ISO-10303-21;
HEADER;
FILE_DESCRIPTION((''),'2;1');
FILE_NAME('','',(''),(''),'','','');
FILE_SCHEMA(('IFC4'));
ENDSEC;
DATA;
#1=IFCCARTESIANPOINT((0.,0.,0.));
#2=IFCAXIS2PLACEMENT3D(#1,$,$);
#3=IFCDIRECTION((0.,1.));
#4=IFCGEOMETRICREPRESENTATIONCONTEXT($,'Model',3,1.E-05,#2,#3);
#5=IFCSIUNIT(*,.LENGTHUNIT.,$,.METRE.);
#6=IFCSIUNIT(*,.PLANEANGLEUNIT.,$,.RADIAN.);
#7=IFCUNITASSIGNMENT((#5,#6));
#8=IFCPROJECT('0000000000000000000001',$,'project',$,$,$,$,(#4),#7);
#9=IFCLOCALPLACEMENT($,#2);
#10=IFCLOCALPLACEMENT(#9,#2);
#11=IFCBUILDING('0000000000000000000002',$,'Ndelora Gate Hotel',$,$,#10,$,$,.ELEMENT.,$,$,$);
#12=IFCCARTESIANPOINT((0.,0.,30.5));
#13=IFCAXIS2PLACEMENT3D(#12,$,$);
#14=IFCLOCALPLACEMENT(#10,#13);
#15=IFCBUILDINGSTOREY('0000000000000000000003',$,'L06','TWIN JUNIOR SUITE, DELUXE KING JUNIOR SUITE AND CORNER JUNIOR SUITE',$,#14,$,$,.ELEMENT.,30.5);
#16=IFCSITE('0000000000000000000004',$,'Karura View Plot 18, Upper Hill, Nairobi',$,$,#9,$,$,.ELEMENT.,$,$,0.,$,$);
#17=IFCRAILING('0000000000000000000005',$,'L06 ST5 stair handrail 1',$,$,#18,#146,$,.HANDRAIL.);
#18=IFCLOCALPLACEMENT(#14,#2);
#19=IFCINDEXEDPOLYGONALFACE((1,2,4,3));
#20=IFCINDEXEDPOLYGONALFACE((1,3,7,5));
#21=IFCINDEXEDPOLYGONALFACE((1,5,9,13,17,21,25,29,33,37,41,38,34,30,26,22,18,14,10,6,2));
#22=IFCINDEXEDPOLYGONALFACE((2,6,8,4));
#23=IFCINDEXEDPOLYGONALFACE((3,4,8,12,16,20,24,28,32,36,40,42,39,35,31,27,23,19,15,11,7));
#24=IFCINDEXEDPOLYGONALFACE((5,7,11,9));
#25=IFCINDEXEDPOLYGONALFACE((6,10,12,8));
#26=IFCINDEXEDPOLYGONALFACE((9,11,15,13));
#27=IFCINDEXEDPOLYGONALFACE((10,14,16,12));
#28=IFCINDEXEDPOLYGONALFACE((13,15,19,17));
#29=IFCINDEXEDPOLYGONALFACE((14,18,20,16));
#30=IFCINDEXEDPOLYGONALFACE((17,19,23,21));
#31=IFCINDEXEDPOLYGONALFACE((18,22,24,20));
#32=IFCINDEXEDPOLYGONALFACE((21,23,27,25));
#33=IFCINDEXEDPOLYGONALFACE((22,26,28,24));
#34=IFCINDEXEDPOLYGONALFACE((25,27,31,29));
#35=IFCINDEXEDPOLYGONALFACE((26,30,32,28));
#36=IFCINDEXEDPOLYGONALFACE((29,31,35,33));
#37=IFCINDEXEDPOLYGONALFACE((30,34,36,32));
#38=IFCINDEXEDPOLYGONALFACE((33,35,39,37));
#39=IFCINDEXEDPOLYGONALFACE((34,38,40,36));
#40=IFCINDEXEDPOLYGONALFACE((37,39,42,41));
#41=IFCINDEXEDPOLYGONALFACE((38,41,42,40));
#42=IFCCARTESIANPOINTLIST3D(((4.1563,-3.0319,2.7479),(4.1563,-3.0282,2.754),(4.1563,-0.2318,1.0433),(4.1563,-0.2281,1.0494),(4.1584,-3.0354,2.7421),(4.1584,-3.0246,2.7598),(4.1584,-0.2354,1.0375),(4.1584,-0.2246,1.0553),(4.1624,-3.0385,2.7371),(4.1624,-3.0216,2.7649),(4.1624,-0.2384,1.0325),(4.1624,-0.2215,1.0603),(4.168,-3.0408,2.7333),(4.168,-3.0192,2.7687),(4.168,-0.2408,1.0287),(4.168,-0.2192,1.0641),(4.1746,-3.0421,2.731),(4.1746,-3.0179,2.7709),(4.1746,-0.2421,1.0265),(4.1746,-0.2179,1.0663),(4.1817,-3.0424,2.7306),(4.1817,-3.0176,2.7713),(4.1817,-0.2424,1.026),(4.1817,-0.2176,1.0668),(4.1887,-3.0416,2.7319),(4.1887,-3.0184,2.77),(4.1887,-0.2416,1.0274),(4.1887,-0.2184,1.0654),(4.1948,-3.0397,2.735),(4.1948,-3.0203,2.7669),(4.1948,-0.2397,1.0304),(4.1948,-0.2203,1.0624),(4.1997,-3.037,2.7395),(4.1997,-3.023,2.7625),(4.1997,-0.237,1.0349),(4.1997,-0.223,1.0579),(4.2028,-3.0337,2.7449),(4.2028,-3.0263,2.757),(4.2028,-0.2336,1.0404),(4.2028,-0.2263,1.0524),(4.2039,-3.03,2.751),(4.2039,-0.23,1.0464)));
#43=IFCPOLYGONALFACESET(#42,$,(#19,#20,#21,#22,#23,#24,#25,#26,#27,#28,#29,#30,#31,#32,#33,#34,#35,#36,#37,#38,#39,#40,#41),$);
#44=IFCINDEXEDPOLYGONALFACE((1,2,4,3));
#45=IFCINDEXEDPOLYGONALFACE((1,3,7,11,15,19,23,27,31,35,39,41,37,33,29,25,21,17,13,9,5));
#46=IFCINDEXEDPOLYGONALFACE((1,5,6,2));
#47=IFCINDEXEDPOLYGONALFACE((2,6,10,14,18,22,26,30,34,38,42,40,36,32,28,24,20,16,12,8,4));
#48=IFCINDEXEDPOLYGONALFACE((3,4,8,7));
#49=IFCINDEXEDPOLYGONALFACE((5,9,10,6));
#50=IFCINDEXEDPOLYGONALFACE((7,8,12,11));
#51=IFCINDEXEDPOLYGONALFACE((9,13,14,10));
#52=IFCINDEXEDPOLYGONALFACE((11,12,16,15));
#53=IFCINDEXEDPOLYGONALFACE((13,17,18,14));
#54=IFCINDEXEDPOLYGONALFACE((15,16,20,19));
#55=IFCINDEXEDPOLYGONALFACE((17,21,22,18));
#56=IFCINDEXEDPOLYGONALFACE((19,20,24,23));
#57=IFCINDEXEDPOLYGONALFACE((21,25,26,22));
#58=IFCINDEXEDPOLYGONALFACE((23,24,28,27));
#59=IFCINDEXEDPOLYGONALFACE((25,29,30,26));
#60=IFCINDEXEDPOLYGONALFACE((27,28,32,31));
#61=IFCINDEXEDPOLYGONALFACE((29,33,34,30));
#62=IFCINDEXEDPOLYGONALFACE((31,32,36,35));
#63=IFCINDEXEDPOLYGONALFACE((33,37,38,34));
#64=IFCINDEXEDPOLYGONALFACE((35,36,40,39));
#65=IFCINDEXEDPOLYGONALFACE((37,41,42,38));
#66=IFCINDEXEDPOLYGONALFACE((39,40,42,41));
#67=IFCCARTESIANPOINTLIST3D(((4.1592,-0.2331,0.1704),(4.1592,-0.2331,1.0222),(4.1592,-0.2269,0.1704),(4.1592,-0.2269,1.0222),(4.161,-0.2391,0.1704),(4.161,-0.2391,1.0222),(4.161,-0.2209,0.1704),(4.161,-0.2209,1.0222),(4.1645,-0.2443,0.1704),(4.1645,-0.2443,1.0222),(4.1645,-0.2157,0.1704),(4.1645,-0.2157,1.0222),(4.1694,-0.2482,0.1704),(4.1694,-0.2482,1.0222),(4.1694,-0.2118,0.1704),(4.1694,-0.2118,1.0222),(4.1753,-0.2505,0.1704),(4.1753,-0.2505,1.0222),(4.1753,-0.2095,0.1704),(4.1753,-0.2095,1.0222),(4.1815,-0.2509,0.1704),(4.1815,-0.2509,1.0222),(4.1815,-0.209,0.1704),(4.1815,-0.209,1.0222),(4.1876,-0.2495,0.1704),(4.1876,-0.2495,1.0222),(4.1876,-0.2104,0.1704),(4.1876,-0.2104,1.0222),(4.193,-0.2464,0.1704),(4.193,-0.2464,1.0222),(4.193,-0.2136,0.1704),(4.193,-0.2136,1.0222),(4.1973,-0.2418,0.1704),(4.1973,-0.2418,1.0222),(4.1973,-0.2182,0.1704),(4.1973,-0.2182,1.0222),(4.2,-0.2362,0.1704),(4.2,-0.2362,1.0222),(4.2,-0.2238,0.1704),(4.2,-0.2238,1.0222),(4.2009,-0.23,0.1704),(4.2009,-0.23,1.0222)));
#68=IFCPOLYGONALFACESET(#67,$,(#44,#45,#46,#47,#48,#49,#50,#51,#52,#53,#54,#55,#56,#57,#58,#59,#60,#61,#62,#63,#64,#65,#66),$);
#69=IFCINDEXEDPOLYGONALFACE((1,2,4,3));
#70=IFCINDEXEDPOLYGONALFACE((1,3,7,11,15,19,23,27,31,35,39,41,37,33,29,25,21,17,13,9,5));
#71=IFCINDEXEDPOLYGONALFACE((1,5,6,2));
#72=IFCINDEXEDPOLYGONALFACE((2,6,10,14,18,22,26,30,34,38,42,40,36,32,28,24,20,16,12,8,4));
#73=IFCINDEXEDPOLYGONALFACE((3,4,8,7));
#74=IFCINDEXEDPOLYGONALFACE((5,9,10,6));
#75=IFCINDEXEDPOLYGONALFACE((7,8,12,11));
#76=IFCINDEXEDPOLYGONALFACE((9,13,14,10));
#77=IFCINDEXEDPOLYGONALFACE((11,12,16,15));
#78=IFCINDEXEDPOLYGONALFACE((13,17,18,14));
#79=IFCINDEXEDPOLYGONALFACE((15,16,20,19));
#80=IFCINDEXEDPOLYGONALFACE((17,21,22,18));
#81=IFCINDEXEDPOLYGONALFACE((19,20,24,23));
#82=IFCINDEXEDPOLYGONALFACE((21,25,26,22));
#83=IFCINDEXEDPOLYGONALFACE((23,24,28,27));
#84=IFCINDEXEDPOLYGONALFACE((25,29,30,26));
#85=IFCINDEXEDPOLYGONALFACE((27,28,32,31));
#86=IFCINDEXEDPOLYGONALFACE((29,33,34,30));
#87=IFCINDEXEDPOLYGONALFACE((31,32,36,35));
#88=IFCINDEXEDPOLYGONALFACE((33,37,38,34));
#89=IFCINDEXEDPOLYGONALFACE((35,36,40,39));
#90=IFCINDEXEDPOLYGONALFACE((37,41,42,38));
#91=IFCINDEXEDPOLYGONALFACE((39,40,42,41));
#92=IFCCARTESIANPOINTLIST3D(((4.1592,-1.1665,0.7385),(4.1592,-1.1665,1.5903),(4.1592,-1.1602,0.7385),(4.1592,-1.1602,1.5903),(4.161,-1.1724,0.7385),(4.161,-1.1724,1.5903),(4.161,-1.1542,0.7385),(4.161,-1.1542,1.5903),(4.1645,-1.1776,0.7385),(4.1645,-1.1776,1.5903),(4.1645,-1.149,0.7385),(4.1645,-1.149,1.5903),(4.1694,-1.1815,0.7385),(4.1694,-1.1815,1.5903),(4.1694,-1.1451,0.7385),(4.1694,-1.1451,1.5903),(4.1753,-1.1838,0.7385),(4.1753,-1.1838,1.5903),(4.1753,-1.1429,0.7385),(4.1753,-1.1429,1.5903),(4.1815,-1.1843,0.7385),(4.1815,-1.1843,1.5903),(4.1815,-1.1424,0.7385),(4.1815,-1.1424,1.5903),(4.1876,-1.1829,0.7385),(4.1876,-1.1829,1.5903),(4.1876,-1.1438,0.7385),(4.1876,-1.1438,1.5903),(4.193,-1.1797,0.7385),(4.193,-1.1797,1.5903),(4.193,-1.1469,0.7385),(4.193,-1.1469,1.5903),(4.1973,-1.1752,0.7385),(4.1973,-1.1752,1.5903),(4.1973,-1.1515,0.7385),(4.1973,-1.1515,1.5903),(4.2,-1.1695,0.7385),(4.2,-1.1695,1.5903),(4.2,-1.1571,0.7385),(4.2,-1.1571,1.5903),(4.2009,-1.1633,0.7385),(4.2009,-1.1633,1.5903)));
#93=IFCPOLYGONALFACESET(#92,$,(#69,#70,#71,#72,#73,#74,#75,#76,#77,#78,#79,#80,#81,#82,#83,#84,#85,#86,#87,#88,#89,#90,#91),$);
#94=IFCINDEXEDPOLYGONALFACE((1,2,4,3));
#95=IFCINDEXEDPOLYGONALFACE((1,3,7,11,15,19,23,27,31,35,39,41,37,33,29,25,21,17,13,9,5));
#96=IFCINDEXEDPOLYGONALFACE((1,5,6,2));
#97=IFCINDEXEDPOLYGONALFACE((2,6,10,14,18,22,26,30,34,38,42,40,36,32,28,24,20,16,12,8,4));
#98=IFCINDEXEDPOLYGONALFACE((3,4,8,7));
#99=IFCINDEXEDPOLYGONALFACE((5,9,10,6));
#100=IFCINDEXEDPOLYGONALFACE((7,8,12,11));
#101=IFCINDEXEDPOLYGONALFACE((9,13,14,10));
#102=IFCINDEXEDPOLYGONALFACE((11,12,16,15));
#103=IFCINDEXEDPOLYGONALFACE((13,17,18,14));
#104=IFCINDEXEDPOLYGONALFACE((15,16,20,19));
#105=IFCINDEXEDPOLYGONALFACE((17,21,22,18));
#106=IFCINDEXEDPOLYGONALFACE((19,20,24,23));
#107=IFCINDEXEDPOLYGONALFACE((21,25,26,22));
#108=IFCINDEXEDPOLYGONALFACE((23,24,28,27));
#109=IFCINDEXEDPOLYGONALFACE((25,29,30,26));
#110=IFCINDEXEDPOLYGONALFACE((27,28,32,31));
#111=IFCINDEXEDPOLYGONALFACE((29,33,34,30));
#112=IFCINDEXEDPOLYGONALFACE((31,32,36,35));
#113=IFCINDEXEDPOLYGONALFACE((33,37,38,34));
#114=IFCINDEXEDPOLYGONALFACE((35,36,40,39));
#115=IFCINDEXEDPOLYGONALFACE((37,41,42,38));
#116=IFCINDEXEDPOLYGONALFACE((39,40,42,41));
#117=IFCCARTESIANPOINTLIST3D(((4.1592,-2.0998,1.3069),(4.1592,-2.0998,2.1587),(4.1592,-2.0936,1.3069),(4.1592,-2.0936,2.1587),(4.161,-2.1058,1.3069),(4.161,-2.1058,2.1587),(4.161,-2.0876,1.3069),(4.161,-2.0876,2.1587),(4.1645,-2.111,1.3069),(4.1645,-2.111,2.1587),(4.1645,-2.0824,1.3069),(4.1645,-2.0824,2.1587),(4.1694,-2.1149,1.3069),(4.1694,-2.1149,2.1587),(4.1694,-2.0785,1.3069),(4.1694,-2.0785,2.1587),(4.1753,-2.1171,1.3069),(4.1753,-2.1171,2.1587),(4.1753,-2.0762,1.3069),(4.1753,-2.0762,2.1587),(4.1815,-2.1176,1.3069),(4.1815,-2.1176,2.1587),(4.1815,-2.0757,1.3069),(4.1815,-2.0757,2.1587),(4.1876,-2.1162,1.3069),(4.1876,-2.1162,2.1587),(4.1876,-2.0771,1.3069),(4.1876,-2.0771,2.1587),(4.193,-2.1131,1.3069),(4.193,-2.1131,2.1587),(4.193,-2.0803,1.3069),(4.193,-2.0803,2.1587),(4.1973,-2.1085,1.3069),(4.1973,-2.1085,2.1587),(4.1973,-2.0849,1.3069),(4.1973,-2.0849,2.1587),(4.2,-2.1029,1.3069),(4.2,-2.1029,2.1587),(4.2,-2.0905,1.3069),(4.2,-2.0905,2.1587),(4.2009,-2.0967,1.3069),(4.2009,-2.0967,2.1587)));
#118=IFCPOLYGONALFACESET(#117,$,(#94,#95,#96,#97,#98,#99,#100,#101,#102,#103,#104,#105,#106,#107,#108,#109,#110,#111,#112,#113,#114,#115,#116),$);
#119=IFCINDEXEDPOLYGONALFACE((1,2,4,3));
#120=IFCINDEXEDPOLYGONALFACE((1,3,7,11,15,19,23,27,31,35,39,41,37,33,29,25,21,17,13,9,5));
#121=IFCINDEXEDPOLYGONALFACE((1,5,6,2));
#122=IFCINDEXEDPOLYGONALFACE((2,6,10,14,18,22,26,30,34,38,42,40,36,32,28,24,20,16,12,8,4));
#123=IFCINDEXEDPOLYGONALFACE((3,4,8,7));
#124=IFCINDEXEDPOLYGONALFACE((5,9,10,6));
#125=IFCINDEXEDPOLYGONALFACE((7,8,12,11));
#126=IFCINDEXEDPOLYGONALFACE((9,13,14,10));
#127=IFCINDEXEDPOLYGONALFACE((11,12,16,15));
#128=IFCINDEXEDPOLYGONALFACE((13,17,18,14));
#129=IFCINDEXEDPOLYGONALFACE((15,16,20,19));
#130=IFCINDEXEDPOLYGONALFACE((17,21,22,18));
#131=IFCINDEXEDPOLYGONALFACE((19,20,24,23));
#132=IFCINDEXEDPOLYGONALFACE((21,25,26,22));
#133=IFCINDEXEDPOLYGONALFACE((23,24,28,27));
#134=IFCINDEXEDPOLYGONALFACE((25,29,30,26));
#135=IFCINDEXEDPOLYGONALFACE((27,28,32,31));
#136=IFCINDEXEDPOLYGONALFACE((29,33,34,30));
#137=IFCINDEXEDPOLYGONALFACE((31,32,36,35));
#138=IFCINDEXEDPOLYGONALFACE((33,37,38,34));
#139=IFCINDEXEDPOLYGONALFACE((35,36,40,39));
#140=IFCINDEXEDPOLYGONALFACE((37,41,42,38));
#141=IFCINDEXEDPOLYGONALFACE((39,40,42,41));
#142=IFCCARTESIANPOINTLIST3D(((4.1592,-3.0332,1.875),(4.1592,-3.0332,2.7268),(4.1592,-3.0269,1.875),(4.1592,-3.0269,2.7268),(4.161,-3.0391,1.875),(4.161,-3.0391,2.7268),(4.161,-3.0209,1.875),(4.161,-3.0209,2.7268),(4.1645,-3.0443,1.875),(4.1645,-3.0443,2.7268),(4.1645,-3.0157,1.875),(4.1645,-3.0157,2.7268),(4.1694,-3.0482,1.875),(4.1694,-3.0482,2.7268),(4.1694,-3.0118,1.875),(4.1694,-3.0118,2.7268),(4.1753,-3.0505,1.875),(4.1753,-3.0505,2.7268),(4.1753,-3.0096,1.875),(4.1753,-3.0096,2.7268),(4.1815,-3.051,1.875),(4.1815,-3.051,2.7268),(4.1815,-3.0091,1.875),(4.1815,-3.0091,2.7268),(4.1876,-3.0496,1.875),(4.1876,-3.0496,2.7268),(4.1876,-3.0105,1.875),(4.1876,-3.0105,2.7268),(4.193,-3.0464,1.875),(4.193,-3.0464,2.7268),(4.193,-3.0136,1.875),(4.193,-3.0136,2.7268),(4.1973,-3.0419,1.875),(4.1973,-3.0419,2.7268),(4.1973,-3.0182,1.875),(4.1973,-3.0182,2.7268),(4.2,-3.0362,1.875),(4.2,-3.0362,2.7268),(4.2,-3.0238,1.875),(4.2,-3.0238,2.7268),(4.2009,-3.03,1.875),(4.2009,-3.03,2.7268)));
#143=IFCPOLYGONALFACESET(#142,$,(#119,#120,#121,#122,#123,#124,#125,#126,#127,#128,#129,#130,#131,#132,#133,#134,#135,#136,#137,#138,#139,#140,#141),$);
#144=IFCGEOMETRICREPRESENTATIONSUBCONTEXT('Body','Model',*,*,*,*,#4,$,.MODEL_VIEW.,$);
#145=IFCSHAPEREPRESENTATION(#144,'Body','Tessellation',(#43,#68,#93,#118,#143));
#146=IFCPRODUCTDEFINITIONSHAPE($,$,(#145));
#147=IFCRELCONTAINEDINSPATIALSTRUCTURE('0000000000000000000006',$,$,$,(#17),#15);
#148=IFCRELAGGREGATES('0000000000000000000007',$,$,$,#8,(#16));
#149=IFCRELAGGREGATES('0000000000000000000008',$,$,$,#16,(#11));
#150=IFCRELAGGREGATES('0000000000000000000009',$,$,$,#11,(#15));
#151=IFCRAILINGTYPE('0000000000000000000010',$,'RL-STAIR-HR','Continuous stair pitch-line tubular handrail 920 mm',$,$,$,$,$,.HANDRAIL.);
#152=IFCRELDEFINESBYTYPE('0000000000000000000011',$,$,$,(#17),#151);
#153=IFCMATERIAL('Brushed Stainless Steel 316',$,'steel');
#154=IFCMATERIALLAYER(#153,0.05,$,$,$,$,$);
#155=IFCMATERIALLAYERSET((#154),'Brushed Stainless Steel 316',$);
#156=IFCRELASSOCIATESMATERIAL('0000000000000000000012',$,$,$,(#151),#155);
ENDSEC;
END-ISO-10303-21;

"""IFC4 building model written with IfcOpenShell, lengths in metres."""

from ifc_helpers import new_model, si_unit, direction, frame, origin, origin_2d, place, context, subcontext, project, spatial, circle, extrude, material, layer, layer_set, type_object, element, save


model = new_model("IFC4")

# Units and contexts
model_context = context("Model", 3, precision=1e-05, world=origin(), true_north=direction((0.0, 1.0)))
body_context = subcontext(model_context, "Body", "Model", "MODEL_VIEW")
ifc_project = project(units=[si_unit("LENGTHUNIT", "METRE"), si_unit("PLANEANGLEUNIT", "RADIAN")], contexts=[model_context])

# Site, building, storey
site_placement = place(None, origin())
site = spatial("IfcSite", under=ifc_project, at=site_placement, Name="Karura View Plot 18, Upper Hill, Nairobi", CompositionType="ELEMENT", RefElevation=0.0)
building_placement = place(site_placement, origin())
building = spatial("IfcBuilding", under=site, at=building_placement, Name="Ndelora Gate Hotel", CompositionType="ELEMENT")
storey_placement = place(building_placement, frame((0.0, 0.0, 30.5)))
storey = spatial("IfcBuildingStorey", under=building, at=storey_placement, Name="L06", Description="TWIN JUNIOR SUITE, DELUXE KING JUNIOR SUITE AND CORNER JUNIOR SUITE", CompositionType="ELEMENT", Elevation=30.5)

# Railing
ifc_material_1 = material(Name="Brushed Stainless Steel 316", Category="steel")
ifc_layer_1 = layer(ifc_material_1, 0.05)
ifc_layer_set_1 = layer_set([ifc_layer_1], Name="Brushed Stainless Steel 316")
railing_type_1 = type_object("IfcRailingType", Name="RL-STAIR-HR", Description="Continuous stair pitch-line tubular handrail 920 mm", PredefinedType="HANDRAIL", material=ifc_layer_set_1)
railing_1_placement = place(storey_placement, frame((4.1799, -0.23, 0.1704)))
element("IfcRailing", 1, at=railing_1_placement, inside=storey, type_object=railing_type_1, Name="L06 ST5 stair handrail 1", PredefinedType="HANDRAIL", context=body_context, shape_type="SweptSolid", body=[
    extrude(circle(Radius=0.0239, at=origin_2d()), frame((0.0, 0.0, 0.876), z_axis=(0.0, -0.85417, 0.519994), x_axis=(1.0, 0.0, 0.0)), (0.0, 0.0, 1.0), 3.2781),
    extrude(circle(Radius=0.021, at=origin_2d()), origin(), (0.0, 0.0, 1.0), 0.8518),
    extrude(circle(Radius=0.021, at=origin_2d()), frame((0.0, -0.9333, 0.5681)), (0.0, 0.0, 1.0), 0.8518),
    extrude(circle(Radius=0.021, at=origin_2d()), frame((0.0, -1.8667, 1.1365)), (0.0, 0.0, 1.0), 0.8518),
    extrude(circle(Radius=0.021, at=origin_2d()), frame((0.0, -2.8, 1.7046)), (0.0, 0.0, 1.0), 0.8518),
])

save(model, "model.ifc")
